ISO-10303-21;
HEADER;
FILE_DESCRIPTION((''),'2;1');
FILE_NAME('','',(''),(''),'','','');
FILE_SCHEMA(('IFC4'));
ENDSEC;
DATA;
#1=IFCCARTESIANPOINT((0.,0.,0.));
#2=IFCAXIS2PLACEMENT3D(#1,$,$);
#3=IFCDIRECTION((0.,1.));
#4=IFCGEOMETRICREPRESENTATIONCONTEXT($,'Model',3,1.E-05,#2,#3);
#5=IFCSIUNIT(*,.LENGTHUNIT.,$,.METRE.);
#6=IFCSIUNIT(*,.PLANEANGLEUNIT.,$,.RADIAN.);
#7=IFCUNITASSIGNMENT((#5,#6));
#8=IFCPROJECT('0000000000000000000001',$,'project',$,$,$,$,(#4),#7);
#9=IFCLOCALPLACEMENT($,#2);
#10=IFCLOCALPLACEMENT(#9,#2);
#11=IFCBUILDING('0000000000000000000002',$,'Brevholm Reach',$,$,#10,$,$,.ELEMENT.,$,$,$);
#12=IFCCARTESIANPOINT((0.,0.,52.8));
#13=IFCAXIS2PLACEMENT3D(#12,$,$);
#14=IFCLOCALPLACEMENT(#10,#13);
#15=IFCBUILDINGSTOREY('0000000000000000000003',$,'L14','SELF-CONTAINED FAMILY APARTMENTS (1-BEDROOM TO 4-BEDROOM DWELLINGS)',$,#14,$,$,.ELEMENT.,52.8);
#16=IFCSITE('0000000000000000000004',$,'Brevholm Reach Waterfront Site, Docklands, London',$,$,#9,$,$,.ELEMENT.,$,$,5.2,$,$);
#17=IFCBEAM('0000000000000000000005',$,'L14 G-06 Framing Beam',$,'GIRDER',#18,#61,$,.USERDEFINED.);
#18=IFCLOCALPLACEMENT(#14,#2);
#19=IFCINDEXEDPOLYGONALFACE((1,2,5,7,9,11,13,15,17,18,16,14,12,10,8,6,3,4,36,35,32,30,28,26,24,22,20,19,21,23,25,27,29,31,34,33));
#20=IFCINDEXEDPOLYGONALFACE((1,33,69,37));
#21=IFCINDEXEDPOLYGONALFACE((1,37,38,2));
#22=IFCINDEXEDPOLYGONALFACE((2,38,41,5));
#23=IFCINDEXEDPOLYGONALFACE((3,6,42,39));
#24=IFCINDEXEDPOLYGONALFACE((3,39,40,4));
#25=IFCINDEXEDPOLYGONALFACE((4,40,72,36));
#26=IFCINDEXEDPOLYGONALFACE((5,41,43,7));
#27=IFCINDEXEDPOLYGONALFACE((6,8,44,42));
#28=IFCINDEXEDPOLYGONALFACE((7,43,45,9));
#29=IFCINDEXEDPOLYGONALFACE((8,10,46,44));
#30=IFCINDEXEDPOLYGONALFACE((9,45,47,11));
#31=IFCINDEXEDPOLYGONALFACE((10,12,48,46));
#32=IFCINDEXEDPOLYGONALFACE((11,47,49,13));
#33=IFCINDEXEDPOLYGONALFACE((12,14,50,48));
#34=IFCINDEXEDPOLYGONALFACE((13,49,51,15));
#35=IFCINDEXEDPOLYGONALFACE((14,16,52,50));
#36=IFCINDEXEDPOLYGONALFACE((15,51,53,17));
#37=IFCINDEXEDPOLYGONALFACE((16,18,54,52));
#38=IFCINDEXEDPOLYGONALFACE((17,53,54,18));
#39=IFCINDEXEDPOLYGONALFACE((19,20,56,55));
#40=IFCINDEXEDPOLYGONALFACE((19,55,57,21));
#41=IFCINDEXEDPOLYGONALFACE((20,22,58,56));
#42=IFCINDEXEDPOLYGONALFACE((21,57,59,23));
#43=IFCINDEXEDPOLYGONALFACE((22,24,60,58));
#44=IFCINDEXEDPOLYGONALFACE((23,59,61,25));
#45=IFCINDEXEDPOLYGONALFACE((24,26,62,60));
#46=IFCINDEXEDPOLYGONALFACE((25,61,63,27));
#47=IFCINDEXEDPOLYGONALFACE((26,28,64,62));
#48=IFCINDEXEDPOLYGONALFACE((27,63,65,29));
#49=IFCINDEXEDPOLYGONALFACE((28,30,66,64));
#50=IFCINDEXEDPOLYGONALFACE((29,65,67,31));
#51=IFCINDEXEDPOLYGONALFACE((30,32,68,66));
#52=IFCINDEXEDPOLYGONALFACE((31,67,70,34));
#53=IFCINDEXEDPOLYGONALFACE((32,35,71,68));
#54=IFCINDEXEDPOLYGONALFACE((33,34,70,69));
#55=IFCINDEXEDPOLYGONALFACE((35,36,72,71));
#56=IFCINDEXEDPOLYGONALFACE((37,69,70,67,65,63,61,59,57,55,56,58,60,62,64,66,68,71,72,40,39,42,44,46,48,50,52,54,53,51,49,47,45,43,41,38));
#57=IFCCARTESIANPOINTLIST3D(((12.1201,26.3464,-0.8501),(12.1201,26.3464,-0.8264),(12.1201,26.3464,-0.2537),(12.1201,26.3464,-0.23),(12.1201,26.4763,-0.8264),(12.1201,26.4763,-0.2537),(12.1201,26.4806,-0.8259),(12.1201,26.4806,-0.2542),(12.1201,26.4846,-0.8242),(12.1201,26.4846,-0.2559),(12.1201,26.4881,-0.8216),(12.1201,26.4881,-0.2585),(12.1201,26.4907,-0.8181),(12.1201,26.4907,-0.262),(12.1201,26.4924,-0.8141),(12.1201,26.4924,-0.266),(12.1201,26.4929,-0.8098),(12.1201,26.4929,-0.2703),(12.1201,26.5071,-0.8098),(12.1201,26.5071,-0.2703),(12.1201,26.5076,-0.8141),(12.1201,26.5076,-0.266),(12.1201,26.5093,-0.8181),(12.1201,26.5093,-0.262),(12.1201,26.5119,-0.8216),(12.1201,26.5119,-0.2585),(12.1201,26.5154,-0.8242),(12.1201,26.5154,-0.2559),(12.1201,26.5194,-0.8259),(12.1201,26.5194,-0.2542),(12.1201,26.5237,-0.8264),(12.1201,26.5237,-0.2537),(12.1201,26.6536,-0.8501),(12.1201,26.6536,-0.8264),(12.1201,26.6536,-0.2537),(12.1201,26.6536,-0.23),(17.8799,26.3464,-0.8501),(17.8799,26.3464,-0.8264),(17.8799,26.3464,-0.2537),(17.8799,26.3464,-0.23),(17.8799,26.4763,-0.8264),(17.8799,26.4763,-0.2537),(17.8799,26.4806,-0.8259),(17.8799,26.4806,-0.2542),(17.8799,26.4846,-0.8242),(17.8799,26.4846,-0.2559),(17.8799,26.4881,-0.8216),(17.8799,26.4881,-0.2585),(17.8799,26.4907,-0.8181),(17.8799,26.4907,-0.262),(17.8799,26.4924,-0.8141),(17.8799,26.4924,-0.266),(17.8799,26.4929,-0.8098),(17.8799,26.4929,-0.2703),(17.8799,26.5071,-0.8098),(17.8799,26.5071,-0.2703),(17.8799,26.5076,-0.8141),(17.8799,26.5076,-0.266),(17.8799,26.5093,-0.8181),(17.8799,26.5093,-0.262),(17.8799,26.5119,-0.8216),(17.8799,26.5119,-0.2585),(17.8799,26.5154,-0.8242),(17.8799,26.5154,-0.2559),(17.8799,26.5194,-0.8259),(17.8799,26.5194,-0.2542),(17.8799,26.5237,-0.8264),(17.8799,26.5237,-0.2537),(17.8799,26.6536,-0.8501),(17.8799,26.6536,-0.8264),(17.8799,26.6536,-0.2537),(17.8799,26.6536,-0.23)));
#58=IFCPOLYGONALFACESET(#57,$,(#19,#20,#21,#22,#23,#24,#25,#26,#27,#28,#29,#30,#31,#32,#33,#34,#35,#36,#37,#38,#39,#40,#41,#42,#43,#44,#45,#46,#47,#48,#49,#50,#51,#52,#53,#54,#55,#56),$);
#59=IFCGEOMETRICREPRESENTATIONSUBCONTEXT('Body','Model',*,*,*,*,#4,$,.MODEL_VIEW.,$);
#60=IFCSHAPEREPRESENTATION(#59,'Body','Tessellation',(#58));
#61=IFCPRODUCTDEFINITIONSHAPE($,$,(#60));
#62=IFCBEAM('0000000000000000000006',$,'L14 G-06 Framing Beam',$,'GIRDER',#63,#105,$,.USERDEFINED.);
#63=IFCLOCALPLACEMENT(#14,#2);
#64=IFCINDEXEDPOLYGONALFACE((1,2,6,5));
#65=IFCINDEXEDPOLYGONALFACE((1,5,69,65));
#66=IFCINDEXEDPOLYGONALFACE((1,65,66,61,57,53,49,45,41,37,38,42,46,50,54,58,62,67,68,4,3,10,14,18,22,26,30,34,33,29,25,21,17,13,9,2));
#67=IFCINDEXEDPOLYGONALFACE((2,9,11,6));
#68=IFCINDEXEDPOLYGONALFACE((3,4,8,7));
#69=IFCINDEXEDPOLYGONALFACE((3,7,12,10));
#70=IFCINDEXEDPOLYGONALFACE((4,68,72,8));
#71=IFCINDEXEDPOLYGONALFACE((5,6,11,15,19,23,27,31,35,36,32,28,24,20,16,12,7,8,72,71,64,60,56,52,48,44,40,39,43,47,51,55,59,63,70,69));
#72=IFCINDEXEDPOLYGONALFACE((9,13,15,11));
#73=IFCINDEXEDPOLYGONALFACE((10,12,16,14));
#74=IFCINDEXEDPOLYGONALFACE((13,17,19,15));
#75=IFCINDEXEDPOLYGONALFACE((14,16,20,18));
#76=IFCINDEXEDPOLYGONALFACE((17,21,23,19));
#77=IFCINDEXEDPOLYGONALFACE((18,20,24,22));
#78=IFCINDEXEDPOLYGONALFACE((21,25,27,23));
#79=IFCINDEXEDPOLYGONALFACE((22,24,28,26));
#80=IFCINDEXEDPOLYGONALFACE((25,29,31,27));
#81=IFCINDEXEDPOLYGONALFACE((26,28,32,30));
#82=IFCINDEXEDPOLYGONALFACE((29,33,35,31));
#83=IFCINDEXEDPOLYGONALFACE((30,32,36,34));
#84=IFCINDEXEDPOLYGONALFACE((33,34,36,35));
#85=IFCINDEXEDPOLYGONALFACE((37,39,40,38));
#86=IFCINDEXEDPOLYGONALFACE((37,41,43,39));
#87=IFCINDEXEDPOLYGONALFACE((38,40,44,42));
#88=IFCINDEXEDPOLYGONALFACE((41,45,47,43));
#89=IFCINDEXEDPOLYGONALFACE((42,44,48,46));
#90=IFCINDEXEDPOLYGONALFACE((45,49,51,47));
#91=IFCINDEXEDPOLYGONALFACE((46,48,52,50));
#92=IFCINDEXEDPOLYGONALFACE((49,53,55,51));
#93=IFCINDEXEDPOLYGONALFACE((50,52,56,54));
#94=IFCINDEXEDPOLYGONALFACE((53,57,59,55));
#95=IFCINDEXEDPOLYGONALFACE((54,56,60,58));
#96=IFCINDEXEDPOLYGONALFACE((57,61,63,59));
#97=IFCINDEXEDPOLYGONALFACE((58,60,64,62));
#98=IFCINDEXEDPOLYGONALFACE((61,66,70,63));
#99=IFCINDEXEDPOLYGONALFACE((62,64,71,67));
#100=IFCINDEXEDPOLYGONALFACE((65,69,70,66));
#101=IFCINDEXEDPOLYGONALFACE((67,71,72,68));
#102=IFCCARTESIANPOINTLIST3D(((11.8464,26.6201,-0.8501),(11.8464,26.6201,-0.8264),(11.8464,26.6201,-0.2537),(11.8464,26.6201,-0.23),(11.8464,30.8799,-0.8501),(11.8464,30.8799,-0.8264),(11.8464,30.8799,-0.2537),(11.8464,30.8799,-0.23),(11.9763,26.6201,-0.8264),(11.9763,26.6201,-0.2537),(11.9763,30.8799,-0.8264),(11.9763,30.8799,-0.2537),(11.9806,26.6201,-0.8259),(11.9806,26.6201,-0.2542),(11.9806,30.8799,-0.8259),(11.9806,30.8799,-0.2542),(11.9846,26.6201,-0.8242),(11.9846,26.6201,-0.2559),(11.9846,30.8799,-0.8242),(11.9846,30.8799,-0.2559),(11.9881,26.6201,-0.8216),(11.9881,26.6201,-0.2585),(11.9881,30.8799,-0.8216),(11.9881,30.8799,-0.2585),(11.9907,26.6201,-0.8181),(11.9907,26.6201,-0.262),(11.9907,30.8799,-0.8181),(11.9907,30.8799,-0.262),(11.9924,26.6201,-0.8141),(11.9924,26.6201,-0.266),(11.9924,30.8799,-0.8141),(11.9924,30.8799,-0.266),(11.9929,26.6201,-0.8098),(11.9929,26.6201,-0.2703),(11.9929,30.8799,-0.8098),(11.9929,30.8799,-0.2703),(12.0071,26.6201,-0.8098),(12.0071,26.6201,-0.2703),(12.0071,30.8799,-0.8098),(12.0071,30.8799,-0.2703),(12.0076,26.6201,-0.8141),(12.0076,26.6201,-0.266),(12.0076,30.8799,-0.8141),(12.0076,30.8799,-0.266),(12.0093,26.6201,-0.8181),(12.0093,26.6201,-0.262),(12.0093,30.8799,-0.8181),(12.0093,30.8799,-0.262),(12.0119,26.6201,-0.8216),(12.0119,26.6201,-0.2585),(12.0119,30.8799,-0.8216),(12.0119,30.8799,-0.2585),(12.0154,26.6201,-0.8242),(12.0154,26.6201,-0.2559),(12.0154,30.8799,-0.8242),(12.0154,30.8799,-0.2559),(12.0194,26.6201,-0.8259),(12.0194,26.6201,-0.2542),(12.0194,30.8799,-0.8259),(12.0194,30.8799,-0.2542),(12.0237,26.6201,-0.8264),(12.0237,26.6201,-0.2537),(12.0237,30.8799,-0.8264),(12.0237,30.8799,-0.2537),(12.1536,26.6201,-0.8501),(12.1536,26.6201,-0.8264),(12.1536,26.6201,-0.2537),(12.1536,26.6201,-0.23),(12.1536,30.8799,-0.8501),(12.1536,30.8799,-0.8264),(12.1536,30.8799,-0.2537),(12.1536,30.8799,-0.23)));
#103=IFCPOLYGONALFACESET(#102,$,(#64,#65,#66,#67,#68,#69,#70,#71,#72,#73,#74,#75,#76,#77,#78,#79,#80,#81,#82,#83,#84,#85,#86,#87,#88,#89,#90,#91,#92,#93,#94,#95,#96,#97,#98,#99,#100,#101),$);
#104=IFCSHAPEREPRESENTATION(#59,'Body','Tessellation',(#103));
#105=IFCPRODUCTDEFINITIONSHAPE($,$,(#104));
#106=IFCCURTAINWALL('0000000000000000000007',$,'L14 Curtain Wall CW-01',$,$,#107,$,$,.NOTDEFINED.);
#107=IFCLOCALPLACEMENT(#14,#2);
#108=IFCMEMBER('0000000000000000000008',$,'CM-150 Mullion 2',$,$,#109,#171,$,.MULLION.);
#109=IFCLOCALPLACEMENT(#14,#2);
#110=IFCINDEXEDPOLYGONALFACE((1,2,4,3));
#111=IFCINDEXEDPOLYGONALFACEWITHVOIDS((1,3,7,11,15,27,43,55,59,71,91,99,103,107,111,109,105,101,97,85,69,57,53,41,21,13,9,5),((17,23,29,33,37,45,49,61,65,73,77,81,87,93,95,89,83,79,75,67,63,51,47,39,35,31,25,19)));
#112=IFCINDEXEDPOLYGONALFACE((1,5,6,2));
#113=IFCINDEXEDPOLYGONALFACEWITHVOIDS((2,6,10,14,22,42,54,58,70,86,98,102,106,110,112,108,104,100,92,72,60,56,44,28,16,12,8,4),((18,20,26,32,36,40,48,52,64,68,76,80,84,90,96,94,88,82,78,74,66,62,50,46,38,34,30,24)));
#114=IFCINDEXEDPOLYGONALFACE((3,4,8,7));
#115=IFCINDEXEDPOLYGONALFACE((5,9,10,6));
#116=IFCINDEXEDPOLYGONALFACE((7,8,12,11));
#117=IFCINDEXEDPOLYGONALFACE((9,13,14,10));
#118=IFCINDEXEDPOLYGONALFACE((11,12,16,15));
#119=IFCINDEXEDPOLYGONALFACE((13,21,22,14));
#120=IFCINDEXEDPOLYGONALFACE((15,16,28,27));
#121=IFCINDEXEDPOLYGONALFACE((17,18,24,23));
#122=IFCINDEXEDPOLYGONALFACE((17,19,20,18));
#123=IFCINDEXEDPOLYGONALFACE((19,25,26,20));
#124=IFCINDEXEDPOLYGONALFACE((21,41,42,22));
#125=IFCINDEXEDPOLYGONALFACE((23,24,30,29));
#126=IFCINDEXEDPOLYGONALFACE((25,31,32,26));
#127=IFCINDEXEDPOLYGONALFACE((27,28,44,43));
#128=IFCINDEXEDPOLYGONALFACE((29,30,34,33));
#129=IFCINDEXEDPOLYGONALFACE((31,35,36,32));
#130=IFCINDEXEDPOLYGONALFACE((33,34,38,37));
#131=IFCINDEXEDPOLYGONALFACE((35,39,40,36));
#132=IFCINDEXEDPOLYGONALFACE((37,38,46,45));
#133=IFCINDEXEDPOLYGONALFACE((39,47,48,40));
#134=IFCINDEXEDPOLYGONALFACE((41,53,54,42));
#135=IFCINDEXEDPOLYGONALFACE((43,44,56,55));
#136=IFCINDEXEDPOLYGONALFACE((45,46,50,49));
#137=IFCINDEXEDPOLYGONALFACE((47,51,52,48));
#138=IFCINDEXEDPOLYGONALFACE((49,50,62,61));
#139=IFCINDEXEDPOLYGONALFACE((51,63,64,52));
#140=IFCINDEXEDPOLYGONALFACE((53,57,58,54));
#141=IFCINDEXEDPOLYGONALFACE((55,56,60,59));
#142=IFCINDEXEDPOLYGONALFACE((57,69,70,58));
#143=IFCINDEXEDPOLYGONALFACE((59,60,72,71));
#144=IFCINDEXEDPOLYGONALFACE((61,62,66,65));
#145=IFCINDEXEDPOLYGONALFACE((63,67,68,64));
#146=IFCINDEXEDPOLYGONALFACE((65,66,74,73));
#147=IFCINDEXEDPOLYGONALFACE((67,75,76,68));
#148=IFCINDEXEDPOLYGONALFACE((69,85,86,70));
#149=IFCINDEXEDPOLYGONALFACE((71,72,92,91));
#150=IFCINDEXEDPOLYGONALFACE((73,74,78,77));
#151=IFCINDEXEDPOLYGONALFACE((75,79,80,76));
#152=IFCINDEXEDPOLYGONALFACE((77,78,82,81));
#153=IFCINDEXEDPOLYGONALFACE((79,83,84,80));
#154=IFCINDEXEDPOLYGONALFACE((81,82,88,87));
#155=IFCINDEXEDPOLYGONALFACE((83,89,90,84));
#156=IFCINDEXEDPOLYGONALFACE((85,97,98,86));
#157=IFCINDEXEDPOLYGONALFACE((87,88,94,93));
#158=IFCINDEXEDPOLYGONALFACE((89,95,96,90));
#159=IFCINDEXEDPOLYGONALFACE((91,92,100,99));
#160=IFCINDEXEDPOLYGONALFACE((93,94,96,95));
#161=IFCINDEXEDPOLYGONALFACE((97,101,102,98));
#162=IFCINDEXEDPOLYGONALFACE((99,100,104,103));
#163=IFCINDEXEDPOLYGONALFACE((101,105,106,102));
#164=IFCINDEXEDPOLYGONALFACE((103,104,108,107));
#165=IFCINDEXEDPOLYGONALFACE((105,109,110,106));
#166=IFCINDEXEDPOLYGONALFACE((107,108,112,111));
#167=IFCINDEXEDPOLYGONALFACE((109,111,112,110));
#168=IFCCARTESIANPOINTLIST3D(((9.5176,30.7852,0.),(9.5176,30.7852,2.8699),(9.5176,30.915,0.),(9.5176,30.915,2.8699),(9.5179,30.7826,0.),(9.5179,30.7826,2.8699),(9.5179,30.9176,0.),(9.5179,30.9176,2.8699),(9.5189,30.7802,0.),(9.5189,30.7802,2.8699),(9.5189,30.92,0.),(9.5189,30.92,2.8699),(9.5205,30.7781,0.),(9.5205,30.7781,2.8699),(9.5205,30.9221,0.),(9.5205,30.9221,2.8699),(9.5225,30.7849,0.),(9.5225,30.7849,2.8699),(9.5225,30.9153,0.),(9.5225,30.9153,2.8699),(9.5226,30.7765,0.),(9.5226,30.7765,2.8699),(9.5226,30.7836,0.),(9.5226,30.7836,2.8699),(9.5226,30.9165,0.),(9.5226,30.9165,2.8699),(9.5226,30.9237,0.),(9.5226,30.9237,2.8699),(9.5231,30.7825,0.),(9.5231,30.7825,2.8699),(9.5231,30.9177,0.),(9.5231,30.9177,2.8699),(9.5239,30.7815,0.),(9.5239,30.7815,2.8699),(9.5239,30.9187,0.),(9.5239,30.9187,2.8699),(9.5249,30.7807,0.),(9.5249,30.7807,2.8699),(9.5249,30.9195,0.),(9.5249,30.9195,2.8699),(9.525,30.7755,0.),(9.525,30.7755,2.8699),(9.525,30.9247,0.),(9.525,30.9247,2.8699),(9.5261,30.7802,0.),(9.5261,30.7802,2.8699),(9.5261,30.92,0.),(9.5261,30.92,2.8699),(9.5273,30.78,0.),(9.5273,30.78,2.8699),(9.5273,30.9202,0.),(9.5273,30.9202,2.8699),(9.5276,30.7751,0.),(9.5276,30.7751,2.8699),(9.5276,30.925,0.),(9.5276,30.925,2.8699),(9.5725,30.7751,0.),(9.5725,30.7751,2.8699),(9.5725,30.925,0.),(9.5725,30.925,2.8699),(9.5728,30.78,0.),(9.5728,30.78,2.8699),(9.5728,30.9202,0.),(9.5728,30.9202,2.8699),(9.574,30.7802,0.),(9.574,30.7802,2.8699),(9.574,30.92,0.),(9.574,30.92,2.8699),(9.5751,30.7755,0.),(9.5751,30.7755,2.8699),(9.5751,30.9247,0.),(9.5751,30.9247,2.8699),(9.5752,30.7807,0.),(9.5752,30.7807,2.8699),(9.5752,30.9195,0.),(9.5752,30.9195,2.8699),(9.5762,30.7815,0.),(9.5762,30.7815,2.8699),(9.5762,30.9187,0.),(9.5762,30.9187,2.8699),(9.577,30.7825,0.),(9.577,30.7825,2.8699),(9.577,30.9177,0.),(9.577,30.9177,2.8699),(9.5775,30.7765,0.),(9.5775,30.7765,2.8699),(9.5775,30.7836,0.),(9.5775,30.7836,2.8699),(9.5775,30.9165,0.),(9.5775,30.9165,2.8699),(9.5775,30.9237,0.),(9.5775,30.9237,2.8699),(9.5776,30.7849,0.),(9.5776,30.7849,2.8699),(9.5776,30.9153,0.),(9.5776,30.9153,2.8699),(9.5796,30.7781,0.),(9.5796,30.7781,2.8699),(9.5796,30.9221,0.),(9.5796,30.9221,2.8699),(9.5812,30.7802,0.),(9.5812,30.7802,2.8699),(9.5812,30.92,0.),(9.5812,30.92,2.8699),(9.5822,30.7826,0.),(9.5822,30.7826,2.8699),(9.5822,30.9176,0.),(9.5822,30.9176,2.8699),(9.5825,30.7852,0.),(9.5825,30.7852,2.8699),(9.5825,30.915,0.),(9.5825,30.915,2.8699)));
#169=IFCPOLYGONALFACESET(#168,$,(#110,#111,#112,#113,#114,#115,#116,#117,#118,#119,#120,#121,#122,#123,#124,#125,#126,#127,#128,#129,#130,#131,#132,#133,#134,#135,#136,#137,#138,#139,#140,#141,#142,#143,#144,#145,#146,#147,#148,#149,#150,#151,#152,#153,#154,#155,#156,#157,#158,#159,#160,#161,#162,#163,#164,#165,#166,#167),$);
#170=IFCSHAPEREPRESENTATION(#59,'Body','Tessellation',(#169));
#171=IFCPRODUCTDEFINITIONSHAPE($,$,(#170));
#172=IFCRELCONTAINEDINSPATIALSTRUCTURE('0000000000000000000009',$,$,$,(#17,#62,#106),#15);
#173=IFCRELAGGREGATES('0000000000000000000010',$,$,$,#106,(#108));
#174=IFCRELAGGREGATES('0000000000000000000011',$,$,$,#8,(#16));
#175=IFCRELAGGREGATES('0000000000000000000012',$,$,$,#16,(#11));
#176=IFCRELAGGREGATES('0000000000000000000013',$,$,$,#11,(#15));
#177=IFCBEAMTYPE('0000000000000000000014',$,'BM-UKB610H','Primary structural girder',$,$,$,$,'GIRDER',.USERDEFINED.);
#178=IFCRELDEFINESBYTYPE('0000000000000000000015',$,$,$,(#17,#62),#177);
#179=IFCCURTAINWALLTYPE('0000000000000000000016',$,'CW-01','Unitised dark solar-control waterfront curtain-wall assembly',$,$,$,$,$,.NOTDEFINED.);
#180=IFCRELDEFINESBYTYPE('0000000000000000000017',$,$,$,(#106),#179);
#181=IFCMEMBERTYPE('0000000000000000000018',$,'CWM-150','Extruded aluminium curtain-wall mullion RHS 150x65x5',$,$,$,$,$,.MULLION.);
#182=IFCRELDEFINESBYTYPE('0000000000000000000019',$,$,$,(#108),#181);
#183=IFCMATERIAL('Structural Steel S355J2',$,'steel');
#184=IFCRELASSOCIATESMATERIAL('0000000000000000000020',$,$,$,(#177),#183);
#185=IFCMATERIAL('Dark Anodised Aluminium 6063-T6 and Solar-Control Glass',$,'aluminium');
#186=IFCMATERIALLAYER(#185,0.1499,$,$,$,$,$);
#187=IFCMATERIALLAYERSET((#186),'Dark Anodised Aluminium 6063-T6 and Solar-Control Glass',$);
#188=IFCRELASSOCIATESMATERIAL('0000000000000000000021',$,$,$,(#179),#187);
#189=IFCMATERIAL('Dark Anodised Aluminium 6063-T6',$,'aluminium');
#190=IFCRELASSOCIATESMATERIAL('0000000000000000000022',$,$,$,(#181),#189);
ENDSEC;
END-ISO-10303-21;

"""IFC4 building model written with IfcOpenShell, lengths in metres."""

from ifc_helpers import new_model, si_unit, direction, frame, origin, origin_2d, place, context, subcontext, project, spatial, hollow_rectangle, i_section, extrude, material, layer, layer_set, material_profile, profile_set, type_object, element, aggregate, save


model = new_model("IFC4")

# Units and contexts
model_context = context("Model", 3, precision=1e-05, world=origin(), true_north=direction((0.0, 1.0)))
body_context = subcontext(model_context, "Body", "Model", "MODEL_VIEW")
ifc_project = project(units=[si_unit("LENGTHUNIT", "METRE"), si_unit("PLANEANGLEUNIT", "RADIAN")], contexts=[model_context])

# Site, building, storey
site_placement = place(None, origin())
site = spatial("IfcSite", under=ifc_project, at=site_placement, Name="Brevholm Reach Waterfront Site, Docklands, London", CompositionType="ELEMENT", RefElevation=5.2)
building_placement = place(site_placement, origin())
building = spatial("IfcBuilding", under=site, at=building_placement, Name="Brevholm Reach", CompositionType="ELEMENT")
storey_placement = place(building_placement, frame((0.0, 0.0, 52.8)))
storey = spatial("IfcBuildingStorey", under=building, at=storey_placement, Name="L14", Description="SELF-CONTAINED FAMILY APARTMENTS (1-BEDROOM TO 4-BEDROOM DWELLINGS)", CompositionType="ELEMENT", Elevation=52.8)

# Beams
ifc_material_1 = material(Name="Structural Steel S355J2", Category="steel")
ifc_material_profile_1 = material_profile(ifc_material_1, i_section(OverallWidth=0.3071, OverallDepth=0.6201, WebThickness=0.0142, FlangeThickness=0.0237, FilletRadius=0.0166, at=origin_2d()), Name="UKB 610x305x179")
ifc_profile_set_1 = profile_set([ifc_material_profile_1], Name="Structural Steel S355J2")
beam_type_1 = type_object("IfcBeamType", Name="BM-UKB610H", Description="Primary structural girder", ElementType="GIRDER", PredefinedType="USERDEFINED", material=ifc_profile_set_1)
beam_1_placement = place(storey_placement, frame((12.1201, 26.5, -0.54), z_axis=(1.0, 0.0, 0.0), x_axis=(0.0, 1.0, 0.0)))
element("IfcBeam", 1, at=beam_1_placement, inside=storey, type_object=beam_type_1, Name="L14 G-06 Framing Beam", ObjectType="GIRDER", PredefinedType="USERDEFINED", context=body_context, shape_type="SweptSolid", body=[
    extrude(i_section(OverallWidth=0.3071, OverallDepth=0.6201, WebThickness=0.0142, FlangeThickness=0.0237, FilletRadius=0.0166, at=origin_2d()), origin(), (0.0, 0.0, 1.0), 5.7598),
])
beam_2_placement = place(storey_placement, frame((12.0, 26.6201, -0.54), z_axis=(0.0, 1.0, 0.0), x_axis=(-1.0, 0.0, 0.0)))
element("IfcBeam", 2, at=beam_2_placement, inside=storey, type_object=beam_type_1, Name="L14 G-06 Framing Beam", ObjectType="GIRDER", PredefinedType="USERDEFINED", context=body_context, shape_type="SweptSolid", body=[
    extrude(i_section(OverallWidth=0.3071, OverallDepth=0.6201, WebThickness=0.0142, FlangeThickness=0.0237, FilletRadius=0.0166, at=origin_2d()), origin(), (0.0, 0.0, 1.0), 4.2598),
])

# Curtain wall, member
ifc_material_2 = material(Name="Dark Anodised Aluminium 6063-T6 and Solar-Control Glass", Category="aluminium")
ifc_layer_1 = layer(ifc_material_2, 0.1499)
ifc_layer_set_1 = layer_set([ifc_layer_1], Name="Dark Anodised Aluminium 6063-T6 and Solar-Control Glass")
curtain_wall_type = type_object("IfcCurtainWallType", Name="CW-01", Description="Unitised dark solar-control waterfront curtain-wall assembly", PredefinedType="NOTDEFINED", material=ifc_layer_set_1)
curtain_wall_placement = place(storey_placement, origin())
curtain_wall = element("IfcCurtainWall", 3, at=curtain_wall_placement, inside=storey, type_object=curtain_wall_type, Name="L14 Curtain Wall CW-01", PredefinedType="NOTDEFINED")
ifc_material_3 = material(Name="Dark Anodised Aluminium 6063-T6", Category="aluminium")
ifc_material_profile_2 = material_profile(ifc_material_3, hollow_rectangle(XDim=0.0649, YDim=0.1499, WallThickness=0.0049, InnerFilletRadius=0.0049, OuterFilletRadius=0.01, at=origin_2d()), Name="RHS 150x65x5")
ifc_profile_set_2 = profile_set([ifc_material_profile_2], Name="Dark Anodised Aluminium 6063-T6")
member_type_1 = type_object("IfcMemberType", Name="CWM-150", Description="Extruded aluminium curtain-wall mullion RHS 150x65x5", PredefinedType="MULLION", material=ifc_profile_set_2)
member_1_placement = place(storey_placement, frame((9.55, 30.8501, 0.0), z_axis=(0.0, 0.0, 1.0), x_axis=(1.0, 0.0, 0.0)))
member_1 = element("IfcMember", 4, at=member_1_placement, type_object=member_type_1, Name="CM-150 Mullion 2", PredefinedType="MULLION", context=body_context, shape_type="SweptSolid", body=[
    extrude(hollow_rectangle(XDim=0.0649, YDim=0.1499, WallThickness=0.0049, InnerFilletRadius=0.0049, OuterFilletRadius=0.01, at=origin_2d()), origin(), (0.0, 0.0, 1.0), 2.8699),
])
aggregate(curtain_wall, [member_1])

save(model, "model.ifc")
